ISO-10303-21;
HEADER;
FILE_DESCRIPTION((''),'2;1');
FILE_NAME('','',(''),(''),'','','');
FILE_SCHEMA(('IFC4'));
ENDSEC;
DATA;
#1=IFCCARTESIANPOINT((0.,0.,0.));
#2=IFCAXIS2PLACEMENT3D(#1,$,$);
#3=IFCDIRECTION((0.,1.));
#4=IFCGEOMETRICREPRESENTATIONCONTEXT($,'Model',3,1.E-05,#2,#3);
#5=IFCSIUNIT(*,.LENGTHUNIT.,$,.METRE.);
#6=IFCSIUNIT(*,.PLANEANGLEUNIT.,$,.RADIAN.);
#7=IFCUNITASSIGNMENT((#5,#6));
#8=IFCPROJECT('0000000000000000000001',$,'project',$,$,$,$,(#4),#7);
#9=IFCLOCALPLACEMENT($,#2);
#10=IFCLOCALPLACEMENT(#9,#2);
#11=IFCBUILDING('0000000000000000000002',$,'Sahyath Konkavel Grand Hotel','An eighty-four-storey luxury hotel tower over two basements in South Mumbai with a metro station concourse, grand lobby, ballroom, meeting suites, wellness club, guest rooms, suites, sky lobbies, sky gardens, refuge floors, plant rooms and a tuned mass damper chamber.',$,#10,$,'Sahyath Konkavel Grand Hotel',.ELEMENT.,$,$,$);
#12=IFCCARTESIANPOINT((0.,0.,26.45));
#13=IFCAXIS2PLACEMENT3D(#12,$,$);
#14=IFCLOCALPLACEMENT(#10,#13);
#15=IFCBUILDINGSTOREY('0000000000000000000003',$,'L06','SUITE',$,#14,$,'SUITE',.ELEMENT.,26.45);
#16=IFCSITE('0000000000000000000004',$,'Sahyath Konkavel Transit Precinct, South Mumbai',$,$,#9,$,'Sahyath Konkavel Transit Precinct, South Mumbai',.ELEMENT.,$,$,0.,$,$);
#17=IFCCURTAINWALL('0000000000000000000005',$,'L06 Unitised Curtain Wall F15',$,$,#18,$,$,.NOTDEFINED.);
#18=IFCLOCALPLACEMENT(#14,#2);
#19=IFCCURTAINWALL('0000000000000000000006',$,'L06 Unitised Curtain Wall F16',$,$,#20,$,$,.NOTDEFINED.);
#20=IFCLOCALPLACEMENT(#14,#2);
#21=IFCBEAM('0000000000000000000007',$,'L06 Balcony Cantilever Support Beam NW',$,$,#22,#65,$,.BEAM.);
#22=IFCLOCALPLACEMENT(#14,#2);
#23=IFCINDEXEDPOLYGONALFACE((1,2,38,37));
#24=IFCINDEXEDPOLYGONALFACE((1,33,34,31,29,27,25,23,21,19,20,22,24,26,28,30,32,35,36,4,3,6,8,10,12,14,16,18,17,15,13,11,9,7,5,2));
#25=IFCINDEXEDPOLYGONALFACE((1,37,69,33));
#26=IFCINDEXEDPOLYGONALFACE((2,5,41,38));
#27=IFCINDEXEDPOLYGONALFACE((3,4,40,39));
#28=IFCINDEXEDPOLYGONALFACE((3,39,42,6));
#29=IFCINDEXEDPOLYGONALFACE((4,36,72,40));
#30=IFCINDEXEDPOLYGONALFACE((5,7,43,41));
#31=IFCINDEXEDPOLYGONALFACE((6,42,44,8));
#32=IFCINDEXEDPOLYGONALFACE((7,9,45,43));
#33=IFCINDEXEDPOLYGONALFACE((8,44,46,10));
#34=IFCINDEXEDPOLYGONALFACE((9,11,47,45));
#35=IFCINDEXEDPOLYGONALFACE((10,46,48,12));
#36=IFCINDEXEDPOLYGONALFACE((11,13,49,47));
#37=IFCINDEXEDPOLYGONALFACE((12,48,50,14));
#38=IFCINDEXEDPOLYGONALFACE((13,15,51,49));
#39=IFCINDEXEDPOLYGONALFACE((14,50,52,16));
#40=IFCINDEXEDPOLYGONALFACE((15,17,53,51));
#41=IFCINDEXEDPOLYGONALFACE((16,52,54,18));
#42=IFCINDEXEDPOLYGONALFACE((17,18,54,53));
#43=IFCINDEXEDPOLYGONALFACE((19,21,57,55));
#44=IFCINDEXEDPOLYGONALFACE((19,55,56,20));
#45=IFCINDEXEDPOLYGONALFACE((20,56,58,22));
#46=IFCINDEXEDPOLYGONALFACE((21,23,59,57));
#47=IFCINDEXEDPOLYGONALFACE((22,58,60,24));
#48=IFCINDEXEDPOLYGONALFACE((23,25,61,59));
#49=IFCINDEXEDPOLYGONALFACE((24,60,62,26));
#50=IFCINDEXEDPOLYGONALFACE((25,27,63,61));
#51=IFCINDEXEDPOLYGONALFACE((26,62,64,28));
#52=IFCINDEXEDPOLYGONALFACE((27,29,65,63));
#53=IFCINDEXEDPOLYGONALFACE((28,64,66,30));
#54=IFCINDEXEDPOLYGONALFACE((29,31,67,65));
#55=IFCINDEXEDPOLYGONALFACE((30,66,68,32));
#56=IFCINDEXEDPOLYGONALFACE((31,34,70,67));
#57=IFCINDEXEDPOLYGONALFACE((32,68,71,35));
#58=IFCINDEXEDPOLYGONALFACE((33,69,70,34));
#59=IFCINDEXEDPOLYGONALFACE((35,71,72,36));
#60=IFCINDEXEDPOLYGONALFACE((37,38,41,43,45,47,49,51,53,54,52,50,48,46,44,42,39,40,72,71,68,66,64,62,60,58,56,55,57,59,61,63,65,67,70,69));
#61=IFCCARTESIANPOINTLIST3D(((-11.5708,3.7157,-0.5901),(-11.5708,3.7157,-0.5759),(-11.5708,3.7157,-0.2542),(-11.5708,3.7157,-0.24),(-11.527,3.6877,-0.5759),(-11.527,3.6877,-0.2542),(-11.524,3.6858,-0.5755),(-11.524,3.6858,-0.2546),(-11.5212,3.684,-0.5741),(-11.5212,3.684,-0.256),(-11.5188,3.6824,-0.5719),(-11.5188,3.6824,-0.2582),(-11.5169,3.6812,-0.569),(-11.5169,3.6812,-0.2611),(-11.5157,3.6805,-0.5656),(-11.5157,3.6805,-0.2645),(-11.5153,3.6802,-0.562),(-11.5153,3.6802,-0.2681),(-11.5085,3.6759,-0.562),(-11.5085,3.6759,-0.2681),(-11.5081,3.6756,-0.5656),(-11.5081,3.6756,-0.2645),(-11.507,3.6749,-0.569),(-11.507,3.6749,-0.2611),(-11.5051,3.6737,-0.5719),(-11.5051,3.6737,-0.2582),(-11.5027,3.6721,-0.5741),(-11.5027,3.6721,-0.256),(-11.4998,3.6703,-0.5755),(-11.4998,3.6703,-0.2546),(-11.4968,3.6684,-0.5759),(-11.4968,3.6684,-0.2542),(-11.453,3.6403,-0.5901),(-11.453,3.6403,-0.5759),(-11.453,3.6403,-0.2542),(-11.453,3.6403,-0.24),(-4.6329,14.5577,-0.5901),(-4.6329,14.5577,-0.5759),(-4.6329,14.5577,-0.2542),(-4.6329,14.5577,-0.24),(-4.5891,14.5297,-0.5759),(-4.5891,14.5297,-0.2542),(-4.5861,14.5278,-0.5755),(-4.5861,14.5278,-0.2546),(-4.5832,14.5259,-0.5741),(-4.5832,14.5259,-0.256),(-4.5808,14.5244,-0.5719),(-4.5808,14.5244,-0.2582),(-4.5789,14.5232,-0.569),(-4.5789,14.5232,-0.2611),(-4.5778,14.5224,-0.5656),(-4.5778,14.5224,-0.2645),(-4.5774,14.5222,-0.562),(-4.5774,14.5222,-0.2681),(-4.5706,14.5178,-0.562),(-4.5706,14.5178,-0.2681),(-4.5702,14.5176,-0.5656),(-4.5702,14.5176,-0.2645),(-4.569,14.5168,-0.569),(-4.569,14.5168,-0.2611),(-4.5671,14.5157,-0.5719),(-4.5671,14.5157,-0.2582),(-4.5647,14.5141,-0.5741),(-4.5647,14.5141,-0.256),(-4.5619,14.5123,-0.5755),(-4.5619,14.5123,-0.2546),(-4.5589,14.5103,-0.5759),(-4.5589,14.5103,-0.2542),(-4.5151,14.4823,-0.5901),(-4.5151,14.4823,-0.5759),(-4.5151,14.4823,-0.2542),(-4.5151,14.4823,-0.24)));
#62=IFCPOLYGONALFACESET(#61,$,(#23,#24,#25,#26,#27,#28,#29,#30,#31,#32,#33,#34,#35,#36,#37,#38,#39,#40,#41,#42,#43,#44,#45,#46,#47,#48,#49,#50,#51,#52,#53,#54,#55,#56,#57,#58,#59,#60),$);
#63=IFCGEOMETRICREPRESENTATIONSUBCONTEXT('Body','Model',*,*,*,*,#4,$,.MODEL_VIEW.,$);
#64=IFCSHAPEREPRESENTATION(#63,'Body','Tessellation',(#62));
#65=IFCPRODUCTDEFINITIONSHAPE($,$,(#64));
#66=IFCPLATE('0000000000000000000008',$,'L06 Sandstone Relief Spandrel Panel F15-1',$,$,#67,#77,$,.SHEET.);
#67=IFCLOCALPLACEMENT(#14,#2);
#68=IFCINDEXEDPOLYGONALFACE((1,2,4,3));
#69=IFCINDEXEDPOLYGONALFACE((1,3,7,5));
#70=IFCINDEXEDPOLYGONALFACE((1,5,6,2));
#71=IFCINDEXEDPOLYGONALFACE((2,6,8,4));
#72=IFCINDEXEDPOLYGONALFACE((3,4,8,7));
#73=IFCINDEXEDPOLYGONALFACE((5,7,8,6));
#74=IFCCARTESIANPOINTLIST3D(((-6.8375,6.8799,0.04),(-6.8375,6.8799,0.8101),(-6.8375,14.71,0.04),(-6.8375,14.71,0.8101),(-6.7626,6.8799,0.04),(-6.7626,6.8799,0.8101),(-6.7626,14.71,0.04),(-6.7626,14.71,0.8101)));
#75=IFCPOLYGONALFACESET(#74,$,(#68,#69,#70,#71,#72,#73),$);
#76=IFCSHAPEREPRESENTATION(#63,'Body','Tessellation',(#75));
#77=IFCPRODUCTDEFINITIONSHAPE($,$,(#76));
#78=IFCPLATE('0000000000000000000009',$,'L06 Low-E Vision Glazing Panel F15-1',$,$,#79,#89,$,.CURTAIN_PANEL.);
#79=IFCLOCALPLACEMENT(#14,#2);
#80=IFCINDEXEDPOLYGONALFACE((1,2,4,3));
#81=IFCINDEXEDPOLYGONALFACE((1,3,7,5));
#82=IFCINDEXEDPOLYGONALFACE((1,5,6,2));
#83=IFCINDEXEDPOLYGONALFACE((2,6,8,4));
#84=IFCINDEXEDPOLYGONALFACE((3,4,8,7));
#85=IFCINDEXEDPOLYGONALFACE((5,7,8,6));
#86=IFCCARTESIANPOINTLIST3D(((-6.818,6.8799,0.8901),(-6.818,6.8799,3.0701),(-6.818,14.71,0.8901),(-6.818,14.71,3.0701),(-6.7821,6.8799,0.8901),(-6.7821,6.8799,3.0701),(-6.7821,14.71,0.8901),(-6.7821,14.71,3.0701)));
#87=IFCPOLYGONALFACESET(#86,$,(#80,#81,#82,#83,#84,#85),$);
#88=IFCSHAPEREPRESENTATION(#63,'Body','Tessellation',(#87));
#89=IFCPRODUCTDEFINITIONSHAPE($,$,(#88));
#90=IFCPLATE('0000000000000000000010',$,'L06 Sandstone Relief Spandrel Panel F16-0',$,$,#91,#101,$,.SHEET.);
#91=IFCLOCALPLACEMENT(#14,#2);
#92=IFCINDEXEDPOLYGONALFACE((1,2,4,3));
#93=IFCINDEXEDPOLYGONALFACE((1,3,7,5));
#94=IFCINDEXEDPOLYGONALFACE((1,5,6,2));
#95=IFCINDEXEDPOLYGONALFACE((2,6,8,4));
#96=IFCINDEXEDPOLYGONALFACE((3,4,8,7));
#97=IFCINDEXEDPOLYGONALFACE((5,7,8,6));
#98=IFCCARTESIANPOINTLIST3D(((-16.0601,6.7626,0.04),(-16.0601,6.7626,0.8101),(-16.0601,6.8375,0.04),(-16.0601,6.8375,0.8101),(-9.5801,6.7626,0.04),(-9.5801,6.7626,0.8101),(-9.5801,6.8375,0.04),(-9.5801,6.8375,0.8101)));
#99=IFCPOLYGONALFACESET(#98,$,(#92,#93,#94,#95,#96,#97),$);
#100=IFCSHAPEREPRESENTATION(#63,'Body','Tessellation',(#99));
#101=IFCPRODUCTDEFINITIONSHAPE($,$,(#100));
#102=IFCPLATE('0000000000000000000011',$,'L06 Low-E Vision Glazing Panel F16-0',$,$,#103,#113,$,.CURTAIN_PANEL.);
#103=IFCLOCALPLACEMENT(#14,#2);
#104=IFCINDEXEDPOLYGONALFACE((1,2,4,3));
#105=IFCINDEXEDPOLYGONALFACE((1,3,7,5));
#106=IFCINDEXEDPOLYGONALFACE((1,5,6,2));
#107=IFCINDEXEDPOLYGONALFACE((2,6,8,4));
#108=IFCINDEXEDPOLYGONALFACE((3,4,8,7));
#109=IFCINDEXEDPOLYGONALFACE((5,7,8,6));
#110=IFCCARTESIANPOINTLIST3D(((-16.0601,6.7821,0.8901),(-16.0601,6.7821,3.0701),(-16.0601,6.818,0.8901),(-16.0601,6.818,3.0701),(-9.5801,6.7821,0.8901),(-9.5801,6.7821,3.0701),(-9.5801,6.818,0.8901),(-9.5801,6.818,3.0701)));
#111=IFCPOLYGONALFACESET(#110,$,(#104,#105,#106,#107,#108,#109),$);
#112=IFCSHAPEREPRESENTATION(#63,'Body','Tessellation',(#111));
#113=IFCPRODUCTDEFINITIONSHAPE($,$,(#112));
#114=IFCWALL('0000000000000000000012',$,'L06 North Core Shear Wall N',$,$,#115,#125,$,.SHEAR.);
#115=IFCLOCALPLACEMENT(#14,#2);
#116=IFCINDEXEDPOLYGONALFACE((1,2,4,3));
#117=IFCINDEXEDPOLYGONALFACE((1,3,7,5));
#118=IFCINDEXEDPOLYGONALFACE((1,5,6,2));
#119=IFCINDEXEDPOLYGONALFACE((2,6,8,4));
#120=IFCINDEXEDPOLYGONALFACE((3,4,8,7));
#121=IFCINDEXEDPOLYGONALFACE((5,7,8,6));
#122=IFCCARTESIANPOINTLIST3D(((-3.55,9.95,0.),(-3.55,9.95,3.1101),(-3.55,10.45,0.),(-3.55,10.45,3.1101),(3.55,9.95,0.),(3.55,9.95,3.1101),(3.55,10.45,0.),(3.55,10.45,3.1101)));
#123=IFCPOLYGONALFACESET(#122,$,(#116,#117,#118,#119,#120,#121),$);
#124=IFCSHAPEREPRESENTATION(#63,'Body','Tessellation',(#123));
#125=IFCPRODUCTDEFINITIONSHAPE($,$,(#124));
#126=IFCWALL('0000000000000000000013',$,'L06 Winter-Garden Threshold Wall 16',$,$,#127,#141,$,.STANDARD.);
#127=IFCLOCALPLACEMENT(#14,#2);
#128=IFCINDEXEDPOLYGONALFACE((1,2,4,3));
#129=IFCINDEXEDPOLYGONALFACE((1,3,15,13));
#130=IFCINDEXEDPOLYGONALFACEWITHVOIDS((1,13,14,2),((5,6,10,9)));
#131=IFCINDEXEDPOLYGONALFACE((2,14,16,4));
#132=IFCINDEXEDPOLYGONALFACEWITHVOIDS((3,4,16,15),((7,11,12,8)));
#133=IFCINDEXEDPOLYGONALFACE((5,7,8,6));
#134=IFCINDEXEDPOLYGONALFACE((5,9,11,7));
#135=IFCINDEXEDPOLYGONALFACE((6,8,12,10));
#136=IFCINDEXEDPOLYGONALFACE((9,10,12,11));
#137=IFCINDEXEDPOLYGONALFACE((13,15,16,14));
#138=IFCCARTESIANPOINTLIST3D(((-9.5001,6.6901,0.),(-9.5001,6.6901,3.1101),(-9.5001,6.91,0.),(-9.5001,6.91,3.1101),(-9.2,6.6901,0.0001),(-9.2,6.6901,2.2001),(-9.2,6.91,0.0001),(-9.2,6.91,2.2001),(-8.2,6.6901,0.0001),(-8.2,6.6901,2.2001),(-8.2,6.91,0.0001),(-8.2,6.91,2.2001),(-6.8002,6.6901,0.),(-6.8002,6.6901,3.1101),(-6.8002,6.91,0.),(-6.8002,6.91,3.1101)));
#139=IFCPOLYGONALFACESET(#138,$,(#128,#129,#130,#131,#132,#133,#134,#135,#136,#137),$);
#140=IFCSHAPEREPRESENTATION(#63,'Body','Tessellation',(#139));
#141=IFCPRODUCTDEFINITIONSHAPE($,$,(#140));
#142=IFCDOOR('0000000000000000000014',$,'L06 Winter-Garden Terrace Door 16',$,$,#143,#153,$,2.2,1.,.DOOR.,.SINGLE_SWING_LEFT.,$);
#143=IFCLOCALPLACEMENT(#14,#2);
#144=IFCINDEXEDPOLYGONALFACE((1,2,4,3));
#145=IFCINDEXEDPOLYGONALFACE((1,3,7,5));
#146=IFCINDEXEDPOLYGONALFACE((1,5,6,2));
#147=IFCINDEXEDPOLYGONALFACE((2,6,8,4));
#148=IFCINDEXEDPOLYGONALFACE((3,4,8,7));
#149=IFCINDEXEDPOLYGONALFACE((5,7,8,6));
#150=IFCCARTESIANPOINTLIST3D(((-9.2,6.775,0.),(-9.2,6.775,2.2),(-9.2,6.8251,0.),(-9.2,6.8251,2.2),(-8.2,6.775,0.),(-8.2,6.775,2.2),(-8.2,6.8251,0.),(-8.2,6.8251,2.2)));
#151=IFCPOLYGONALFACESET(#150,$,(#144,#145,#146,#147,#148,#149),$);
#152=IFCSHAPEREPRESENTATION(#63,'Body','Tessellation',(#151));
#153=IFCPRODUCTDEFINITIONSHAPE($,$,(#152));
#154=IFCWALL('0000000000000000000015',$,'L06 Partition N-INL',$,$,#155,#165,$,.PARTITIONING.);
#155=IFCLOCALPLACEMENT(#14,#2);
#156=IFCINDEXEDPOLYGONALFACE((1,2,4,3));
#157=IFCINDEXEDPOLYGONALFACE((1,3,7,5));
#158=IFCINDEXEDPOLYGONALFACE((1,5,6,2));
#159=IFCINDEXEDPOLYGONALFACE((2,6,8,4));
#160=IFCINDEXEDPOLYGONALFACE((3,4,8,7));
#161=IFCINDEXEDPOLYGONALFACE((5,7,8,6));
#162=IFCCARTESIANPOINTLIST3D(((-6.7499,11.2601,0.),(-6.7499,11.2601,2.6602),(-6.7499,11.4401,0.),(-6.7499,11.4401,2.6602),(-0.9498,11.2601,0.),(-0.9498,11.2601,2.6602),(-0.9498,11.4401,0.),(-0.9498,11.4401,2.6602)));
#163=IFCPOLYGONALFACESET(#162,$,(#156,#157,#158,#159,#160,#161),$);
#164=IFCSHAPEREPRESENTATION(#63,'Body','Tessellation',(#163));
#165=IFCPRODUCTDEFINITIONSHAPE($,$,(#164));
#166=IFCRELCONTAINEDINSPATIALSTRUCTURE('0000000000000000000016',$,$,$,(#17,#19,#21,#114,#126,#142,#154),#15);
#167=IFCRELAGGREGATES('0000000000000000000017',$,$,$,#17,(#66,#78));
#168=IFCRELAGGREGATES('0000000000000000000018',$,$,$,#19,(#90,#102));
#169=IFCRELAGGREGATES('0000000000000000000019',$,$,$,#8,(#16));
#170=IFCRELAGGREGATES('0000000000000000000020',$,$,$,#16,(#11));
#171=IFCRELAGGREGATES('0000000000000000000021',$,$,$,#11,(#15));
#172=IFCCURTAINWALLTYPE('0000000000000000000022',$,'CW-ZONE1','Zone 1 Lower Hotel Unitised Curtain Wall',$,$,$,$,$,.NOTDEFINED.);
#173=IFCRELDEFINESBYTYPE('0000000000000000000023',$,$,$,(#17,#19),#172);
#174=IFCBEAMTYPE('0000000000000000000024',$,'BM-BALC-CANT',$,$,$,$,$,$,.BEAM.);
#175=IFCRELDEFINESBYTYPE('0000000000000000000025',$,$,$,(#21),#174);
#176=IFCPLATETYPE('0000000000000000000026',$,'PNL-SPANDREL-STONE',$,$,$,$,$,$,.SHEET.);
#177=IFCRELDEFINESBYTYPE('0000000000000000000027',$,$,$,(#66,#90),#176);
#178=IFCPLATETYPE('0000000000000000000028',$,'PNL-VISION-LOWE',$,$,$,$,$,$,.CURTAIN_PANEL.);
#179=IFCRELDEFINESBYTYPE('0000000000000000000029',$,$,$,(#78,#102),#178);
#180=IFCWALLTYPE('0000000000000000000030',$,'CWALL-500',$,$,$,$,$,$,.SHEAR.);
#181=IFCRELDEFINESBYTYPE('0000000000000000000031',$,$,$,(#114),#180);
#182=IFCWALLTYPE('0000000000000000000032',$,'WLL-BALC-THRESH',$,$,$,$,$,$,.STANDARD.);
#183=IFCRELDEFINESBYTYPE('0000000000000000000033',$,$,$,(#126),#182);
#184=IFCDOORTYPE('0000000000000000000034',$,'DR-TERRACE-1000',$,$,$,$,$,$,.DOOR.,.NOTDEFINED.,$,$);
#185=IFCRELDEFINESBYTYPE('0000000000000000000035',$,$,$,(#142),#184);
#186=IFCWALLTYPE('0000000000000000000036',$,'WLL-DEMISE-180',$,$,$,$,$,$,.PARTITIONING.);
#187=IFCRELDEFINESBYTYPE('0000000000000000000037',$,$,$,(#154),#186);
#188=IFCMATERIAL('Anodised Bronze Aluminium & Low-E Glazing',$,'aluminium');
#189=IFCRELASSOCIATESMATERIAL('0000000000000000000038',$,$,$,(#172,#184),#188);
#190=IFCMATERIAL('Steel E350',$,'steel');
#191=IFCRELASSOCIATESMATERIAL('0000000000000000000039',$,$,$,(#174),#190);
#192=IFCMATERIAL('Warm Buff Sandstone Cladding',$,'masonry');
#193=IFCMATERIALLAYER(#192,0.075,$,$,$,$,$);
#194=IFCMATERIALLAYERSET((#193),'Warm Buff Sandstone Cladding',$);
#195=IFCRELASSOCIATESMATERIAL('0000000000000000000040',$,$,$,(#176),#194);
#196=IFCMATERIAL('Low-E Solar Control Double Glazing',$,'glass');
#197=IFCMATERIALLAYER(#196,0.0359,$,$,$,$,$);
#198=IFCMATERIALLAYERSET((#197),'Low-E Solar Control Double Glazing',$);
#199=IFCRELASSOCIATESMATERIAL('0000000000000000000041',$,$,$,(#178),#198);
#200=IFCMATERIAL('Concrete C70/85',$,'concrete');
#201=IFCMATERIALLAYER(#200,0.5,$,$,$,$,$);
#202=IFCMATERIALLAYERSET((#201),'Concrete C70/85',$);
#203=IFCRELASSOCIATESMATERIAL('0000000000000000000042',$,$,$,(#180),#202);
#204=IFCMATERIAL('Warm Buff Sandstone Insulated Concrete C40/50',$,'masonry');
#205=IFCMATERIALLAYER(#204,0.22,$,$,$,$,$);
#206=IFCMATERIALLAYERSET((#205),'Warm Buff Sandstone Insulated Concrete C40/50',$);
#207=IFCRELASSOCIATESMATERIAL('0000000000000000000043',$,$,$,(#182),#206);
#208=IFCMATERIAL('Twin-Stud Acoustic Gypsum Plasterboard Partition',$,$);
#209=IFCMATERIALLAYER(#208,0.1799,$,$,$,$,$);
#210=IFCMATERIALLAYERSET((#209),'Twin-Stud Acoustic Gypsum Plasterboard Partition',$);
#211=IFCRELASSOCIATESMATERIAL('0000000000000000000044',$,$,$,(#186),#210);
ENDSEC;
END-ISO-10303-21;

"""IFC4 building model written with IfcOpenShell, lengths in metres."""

from ifc_helpers import new_model, si_unit, direction, frame, frame_2d, origin, origin_2d, place, context, subcontext, project, spatial, rectangle, i_section, extrude, source, transform, mapped, material, layer, layer_set, material_profile, profile_set, type_object, element, fill, aggregate, save


model = new_model("IFC4")

# Units and contexts
model_context = context("Model", 3, precision=1e-05, world=origin(), true_north=direction((0.0, 1.0)))
body_context = subcontext(model_context, "Body", "Model", "MODEL_VIEW")
ifc_project = project(units=[si_unit("LENGTHUNIT", "METRE"), si_unit("PLANEANGLEUNIT", "RADIAN")], contexts=[model_context])

# Site, building, storey
site_placement = place(None, origin())
site = spatial("IfcSite", under=ifc_project, at=site_placement, Name="Sahyath Konkavel Transit Precinct, South Mumbai", LongName="Sahyath Konkavel Transit Precinct, South Mumbai", CompositionType="ELEMENT", RefElevation=0.0)
building_placement = place(site_placement, origin())
building = spatial("IfcBuilding", under=site, at=building_placement, Name="Sahyath Konkavel Grand Hotel", Description="An eighty-four-storey luxury hotel tower over two basements in South Mumbai with a metro station concourse, grand lobby, ballroom, meeting suites, wellness club, guest rooms, suites, sky lobbies, sky gardens, refuge floors, plant rooms and a tuned mass damper chamber.", LongName="Sahyath Konkavel Grand Hotel", CompositionType="ELEMENT")
storey_placement = place(building_placement, frame((0.0, 0.0, 26.45)))
storey = spatial("IfcBuildingStorey", under=building, at=storey_placement, Name="L06", Description="SUITE", LongName="SUITE", CompositionType="ELEMENT", Elevation=26.45)

# Shared definitions
ifc_material_1 = material(Name="Concrete C70/85", Category="concrete")

# Shared definitions
ifc_material_2 = material(Name="Steel E350", Category="steel")

# Curtain walls
ifc_material_3 = material(Name="Anodised Bronze Aluminium & Low-E Glazing", Category="aluminium")
curtain_wall_type = type_object("IfcCurtainWallType", Name="CW-ZONE1", Description="Zone 1 Lower Hotel Unitised Curtain Wall", PredefinedType="NOTDEFINED", material=ifc_material_3)
curtain_wall_1_placement = place(storey_placement, origin())
curtain_wall_1 = element("IfcCurtainWall", 1, at=curtain_wall_1_placement, inside=storey, type_object=curtain_wall_type, Name="L06 Unitised Curtain Wall F15", PredefinedType="NOTDEFINED")
curtain_wall_2_placement = place(storey_placement, origin())
curtain_wall_2 = element("IfcCurtainWall", 2, at=curtain_wall_2_placement, inside=storey, type_object=curtain_wall_type, Name="L06 Unitised Curtain Wall F16", PredefinedType="NOTDEFINED")

# Beam
ifc_material_profile_1 = material_profile(ifc_material_2, i_section(OverallWidth=0.1399, OverallDepth=0.3501, WebThickness=0.0081, FlangeThickness=0.0142, FilletRadius=0.0139, at=origin_2d()), Name="ISMB 350")
ifc_profile_set_1 = profile_set([ifc_material_profile_1], Name="Steel E350")
beam_type_1 = type_object("IfcBeamType", Name="BM-BALC-CANT", PredefinedType="BEAM", material=ifc_profile_set_1)
shared_shape_1 = source(origin(), body_context, "Body", "SweptSolid", [
    extrude(i_section(OverallWidth=0.1399, OverallDepth=0.3501, WebThickness=0.0081, FlangeThickness=0.0142, FilletRadius=0.0139, at=origin_2d()), origin(), (0.0, 0.0, 1.0), 12.8718),
])
beam_1_placement = place(storey_placement, frame((-4.574, 14.52, -0.415), z_axis=(-0.539003, -0.842304, 0.0), x_axis=(0.842304, -0.539003, 0.0)))
element("IfcBeam", 3, at=beam_1_placement, inside=storey, type_object=beam_type_1, Name="L06 Balcony Cantilever Support Beam NW", PredefinedType="BEAM", context=body_context, shape_type="MappedRepresentation", body=[
    mapped(shared_shape_1, transform((0.0, 0.0, 0.0), scale=1.0)),
])

# Plates
ifc_material_4 = material(Name="Warm Buff Sandstone Cladding", Category="masonry")
ifc_layer_1 = layer(ifc_material_4, 0.075)
ifc_layer_set_1 = layer_set([ifc_layer_1], Name="Warm Buff Sandstone Cladding")
plate_type_1 = type_object("IfcPlateType", Name="PNL-SPANDREL-STONE", PredefinedType="SHEET", material=ifc_layer_set_1)
shared_shape_2 = source(origin(), body_context, "Body", "SweptSolid", [
    extrude(rectangle(XDim=7.8301, YDim=0.075, at=origin_2d()), origin(), (0.0, 0.0, 1.0), 0.77),
])
plate_1_placement = place(storey_placement, frame((-6.8, 10.7949, 0.04), z_axis=(0.0, 0.0, 1.0), x_axis=(0.0, -1.0, 0.0)))
plate_1 = element("IfcPlate", 4, at=plate_1_placement, type_object=plate_type_1, Name="L06 Sandstone Relief Spandrel Panel F15-1", PredefinedType="SHEET", context=body_context, shape_type="MappedRepresentation", body=[
    mapped(shared_shape_2, transform((0.0, 0.0, 0.0), scale=1.0)),
])
ifc_material_5 = material(Name="Low-E Solar Control Double Glazing", Category="glass")
ifc_layer_2 = layer(ifc_material_5, 0.0359)
ifc_layer_set_2 = layer_set([ifc_layer_2], Name="Low-E Solar Control Double Glazing")
plate_type_2 = type_object("IfcPlateType", Name="PNL-VISION-LOWE", PredefinedType="CURTAIN_PANEL", material=ifc_layer_set_2)
shared_shape_3 = source(origin(), body_context, "Body", "SweptSolid", [
    extrude(rectangle(XDim=7.8301, YDim=0.0359, at=origin_2d()), origin(), (0.0, 0.0, 1.0), 2.1799),
])
plate_2_placement = place(storey_placement, frame((-6.8, 10.7949, 0.8901), z_axis=(0.0, 0.0, 1.0), x_axis=(0.0, -1.0, 0.0)))
plate_2 = element("IfcPlate", 5, at=plate_2_placement, type_object=plate_type_2, Name="L06 Low-E Vision Glazing Panel F15-1", PredefinedType="CURTAIN_PANEL", context=body_context, shape_type="MappedRepresentation", body=[
    mapped(shared_shape_3, transform((0.0, 0.0, 0.0), scale=1.0)),
])
aggregate(curtain_wall_1, [plate_1, plate_2])
shared_shape_4 = source(origin(), body_context, "Body", "SweptSolid", [
    extrude(rectangle(XDim=6.48, YDim=0.075, at=origin_2d()), origin(), (0.0, 0.0, 1.0), 0.77),
])
plate_3_placement = place(storey_placement, frame((-12.8201, 6.8, 0.04), z_axis=(0.0, 0.0, 1.0), x_axis=(-1.0, 0.0, 0.0)))
plate_3 = element("IfcPlate", 6, at=plate_3_placement, type_object=plate_type_1, Name="L06 Sandstone Relief Spandrel Panel F16-0", PredefinedType="SHEET", context=body_context, shape_type="MappedRepresentation", body=[
    mapped(shared_shape_4, transform((0.0, 0.0, 0.0), scale=1.0)),
])
shared_shape_5 = source(origin(), body_context, "Body", "SweptSolid", [
    extrude(rectangle(XDim=6.48, YDim=0.0359, at=origin_2d()), origin(), (0.0, 0.0, 1.0), 2.1799),
])
plate_4_placement = place(storey_placement, frame((-12.8201, 6.8, 0.8901), z_axis=(0.0, 0.0, 1.0), x_axis=(-1.0, 0.0, 0.0)))
plate_4 = element("IfcPlate", 7, at=plate_4_placement, type_object=plate_type_2, Name="L06 Low-E Vision Glazing Panel F16-0", PredefinedType="CURTAIN_PANEL", context=body_context, shape_type="MappedRepresentation", body=[
    mapped(shared_shape_5, transform((0.0, 0.0, 0.0), scale=1.0)),
])
aggregate(curtain_wall_2, [plate_3, plate_4])

# Wall
ifc_layer_3 = layer(ifc_material_1, 0.5)
ifc_layer_set_3 = layer_set([ifc_layer_3], Name="Concrete C70/85")
wall_type_1 = type_object("IfcWallType", Name="CWALL-500", PredefinedType="SHEAR", material=ifc_layer_set_3)
wall_1_placement = place(storey_placement, frame((-3.55, 10.2, 0.0), z_axis=(0.0, 0.0, 1.0), x_axis=(1.0, 0.0, 0.0)))
element("IfcWall", 8, at=wall_1_placement, inside=storey, type_object=wall_type_1, Name="L06 North Core Shear Wall N", PredefinedType="SHEAR", context=body_context, shape_type="SweptSolid", body=[
    extrude(rectangle(XDim=7.1001, YDim=0.5, at=frame_2d((3.55, 0.0))), origin(), (0.0, 0.0, 1.0), 3.1101),
])

# Wall, opening, door
ifc_material_6 = material(Name="Warm Buff Sandstone Insulated Concrete C40/50", Category="masonry")
ifc_layer_4 = layer(ifc_material_6, 0.22)
ifc_layer_set_4 = layer_set([ifc_layer_4], Name="Warm Buff Sandstone Insulated Concrete C40/50")
wall_type_2 = type_object("IfcWallType", Name="WLL-BALC-THRESH", PredefinedType="STANDARD", material=ifc_layer_set_4)
wall_2_placement = place(storey_placement, frame((-6.8, 6.8, 0.0), z_axis=(0.0, 0.0, 1.0), x_axis=(-1.0, 0.0, 0.0)))
wall_2 = element("IfcWall", 9, at=wall_2_placement, inside=storey, type_object=wall_type_2, Name="L06 Winter-Garden Threshold Wall 16", PredefinedType="STANDARD", context=body_context, shape_type="SweptSolid", body=[
    extrude(rectangle(XDim=2.7, YDim=0.22, at=frame_2d((1.3501, 0.0))), origin(), (0.0, 0.0, 1.0), 3.1101),
])
opening_1_placement = place(wall_2_placement, frame((1.3999, 0.0, 0.0)))
opening_1 = element("IfcOpeningElement", 10, at=opening_1_placement, cuts=wall_2, PredefinedType="OPENING", context=body_context, shape_type="SweptSolid", body=[
    extrude(rectangle(XDim=1.0, YDim=2.2, at=frame_2d((0.5, 1.1001))), frame((0.0, 0.1201, 0.0), z_axis=(0.0, -1.0, 0.0), x_axis=(1.0, 0.0, 0.0)), (0.0, 0.0, 1.0), 0.24),
])
door_type_1 = type_object("IfcDoorType", Name="DR-TERRACE-1000", OperationType="NOTDEFINED", PredefinedType="DOOR", material=ifc_material_3)
shared_shape_6 = source(origin(), body_context, "Body", "SweptSolid", [
    extrude(rectangle(XDim=1.0, YDim=0.05, at=origin_2d()), origin(), (0.0, 0.0, 1.0), 2.2),
])
door_1_placement = place(opening_1_placement, frame((0.5, 0.0, 0.0)))
door_1 = element("IfcDoor", 11, at=door_1_placement, inside=storey, type_object=door_type_1, Name="L06 Winter-Garden Terrace Door 16", OperationType="SINGLE_SWING_LEFT", OverallHeight=2.2, OverallWidth=1.0, PredefinedType="DOOR", context=body_context, shape_type="MappedRepresentation", body=[
    mapped(shared_shape_6, transform((0.0, 0.0, 0.0), scale=1.0)),
])
fill(opening_1, door_1)

# Wall
ifc_material_7 = material(Name="Twin-Stud Acoustic Gypsum Plasterboard Partition")
ifc_layer_5 = layer(ifc_material_7, 0.1799)
ifc_layer_set_5 = layer_set([ifc_layer_5], Name="Twin-Stud Acoustic Gypsum Plasterboard Partition")
wall_type_3 = type_object("IfcWallType", Name="WLL-DEMISE-180", PredefinedType="PARTITIONING", material=ifc_layer_set_5)
wall_3_placement = place(storey_placement, frame((-0.95, 11.3501, 0.0), z_axis=(0.0, 0.0, 1.0), x_axis=(-1.0, 0.0, 0.0)))
element("IfcWall", 12, at=wall_3_placement, inside=storey, type_object=wall_type_3, Name="L06 Partition N-INL", PredefinedType="PARTITIONING", context=body_context, shape_type="SweptSolid", body=[
    extrude(rectangle(XDim=5.8, YDim=0.1799, at=frame_2d((2.8999, 0.0))), origin(), (0.0, 0.0, 1.0), 2.6602),
])

save(model, "model.ifc")
